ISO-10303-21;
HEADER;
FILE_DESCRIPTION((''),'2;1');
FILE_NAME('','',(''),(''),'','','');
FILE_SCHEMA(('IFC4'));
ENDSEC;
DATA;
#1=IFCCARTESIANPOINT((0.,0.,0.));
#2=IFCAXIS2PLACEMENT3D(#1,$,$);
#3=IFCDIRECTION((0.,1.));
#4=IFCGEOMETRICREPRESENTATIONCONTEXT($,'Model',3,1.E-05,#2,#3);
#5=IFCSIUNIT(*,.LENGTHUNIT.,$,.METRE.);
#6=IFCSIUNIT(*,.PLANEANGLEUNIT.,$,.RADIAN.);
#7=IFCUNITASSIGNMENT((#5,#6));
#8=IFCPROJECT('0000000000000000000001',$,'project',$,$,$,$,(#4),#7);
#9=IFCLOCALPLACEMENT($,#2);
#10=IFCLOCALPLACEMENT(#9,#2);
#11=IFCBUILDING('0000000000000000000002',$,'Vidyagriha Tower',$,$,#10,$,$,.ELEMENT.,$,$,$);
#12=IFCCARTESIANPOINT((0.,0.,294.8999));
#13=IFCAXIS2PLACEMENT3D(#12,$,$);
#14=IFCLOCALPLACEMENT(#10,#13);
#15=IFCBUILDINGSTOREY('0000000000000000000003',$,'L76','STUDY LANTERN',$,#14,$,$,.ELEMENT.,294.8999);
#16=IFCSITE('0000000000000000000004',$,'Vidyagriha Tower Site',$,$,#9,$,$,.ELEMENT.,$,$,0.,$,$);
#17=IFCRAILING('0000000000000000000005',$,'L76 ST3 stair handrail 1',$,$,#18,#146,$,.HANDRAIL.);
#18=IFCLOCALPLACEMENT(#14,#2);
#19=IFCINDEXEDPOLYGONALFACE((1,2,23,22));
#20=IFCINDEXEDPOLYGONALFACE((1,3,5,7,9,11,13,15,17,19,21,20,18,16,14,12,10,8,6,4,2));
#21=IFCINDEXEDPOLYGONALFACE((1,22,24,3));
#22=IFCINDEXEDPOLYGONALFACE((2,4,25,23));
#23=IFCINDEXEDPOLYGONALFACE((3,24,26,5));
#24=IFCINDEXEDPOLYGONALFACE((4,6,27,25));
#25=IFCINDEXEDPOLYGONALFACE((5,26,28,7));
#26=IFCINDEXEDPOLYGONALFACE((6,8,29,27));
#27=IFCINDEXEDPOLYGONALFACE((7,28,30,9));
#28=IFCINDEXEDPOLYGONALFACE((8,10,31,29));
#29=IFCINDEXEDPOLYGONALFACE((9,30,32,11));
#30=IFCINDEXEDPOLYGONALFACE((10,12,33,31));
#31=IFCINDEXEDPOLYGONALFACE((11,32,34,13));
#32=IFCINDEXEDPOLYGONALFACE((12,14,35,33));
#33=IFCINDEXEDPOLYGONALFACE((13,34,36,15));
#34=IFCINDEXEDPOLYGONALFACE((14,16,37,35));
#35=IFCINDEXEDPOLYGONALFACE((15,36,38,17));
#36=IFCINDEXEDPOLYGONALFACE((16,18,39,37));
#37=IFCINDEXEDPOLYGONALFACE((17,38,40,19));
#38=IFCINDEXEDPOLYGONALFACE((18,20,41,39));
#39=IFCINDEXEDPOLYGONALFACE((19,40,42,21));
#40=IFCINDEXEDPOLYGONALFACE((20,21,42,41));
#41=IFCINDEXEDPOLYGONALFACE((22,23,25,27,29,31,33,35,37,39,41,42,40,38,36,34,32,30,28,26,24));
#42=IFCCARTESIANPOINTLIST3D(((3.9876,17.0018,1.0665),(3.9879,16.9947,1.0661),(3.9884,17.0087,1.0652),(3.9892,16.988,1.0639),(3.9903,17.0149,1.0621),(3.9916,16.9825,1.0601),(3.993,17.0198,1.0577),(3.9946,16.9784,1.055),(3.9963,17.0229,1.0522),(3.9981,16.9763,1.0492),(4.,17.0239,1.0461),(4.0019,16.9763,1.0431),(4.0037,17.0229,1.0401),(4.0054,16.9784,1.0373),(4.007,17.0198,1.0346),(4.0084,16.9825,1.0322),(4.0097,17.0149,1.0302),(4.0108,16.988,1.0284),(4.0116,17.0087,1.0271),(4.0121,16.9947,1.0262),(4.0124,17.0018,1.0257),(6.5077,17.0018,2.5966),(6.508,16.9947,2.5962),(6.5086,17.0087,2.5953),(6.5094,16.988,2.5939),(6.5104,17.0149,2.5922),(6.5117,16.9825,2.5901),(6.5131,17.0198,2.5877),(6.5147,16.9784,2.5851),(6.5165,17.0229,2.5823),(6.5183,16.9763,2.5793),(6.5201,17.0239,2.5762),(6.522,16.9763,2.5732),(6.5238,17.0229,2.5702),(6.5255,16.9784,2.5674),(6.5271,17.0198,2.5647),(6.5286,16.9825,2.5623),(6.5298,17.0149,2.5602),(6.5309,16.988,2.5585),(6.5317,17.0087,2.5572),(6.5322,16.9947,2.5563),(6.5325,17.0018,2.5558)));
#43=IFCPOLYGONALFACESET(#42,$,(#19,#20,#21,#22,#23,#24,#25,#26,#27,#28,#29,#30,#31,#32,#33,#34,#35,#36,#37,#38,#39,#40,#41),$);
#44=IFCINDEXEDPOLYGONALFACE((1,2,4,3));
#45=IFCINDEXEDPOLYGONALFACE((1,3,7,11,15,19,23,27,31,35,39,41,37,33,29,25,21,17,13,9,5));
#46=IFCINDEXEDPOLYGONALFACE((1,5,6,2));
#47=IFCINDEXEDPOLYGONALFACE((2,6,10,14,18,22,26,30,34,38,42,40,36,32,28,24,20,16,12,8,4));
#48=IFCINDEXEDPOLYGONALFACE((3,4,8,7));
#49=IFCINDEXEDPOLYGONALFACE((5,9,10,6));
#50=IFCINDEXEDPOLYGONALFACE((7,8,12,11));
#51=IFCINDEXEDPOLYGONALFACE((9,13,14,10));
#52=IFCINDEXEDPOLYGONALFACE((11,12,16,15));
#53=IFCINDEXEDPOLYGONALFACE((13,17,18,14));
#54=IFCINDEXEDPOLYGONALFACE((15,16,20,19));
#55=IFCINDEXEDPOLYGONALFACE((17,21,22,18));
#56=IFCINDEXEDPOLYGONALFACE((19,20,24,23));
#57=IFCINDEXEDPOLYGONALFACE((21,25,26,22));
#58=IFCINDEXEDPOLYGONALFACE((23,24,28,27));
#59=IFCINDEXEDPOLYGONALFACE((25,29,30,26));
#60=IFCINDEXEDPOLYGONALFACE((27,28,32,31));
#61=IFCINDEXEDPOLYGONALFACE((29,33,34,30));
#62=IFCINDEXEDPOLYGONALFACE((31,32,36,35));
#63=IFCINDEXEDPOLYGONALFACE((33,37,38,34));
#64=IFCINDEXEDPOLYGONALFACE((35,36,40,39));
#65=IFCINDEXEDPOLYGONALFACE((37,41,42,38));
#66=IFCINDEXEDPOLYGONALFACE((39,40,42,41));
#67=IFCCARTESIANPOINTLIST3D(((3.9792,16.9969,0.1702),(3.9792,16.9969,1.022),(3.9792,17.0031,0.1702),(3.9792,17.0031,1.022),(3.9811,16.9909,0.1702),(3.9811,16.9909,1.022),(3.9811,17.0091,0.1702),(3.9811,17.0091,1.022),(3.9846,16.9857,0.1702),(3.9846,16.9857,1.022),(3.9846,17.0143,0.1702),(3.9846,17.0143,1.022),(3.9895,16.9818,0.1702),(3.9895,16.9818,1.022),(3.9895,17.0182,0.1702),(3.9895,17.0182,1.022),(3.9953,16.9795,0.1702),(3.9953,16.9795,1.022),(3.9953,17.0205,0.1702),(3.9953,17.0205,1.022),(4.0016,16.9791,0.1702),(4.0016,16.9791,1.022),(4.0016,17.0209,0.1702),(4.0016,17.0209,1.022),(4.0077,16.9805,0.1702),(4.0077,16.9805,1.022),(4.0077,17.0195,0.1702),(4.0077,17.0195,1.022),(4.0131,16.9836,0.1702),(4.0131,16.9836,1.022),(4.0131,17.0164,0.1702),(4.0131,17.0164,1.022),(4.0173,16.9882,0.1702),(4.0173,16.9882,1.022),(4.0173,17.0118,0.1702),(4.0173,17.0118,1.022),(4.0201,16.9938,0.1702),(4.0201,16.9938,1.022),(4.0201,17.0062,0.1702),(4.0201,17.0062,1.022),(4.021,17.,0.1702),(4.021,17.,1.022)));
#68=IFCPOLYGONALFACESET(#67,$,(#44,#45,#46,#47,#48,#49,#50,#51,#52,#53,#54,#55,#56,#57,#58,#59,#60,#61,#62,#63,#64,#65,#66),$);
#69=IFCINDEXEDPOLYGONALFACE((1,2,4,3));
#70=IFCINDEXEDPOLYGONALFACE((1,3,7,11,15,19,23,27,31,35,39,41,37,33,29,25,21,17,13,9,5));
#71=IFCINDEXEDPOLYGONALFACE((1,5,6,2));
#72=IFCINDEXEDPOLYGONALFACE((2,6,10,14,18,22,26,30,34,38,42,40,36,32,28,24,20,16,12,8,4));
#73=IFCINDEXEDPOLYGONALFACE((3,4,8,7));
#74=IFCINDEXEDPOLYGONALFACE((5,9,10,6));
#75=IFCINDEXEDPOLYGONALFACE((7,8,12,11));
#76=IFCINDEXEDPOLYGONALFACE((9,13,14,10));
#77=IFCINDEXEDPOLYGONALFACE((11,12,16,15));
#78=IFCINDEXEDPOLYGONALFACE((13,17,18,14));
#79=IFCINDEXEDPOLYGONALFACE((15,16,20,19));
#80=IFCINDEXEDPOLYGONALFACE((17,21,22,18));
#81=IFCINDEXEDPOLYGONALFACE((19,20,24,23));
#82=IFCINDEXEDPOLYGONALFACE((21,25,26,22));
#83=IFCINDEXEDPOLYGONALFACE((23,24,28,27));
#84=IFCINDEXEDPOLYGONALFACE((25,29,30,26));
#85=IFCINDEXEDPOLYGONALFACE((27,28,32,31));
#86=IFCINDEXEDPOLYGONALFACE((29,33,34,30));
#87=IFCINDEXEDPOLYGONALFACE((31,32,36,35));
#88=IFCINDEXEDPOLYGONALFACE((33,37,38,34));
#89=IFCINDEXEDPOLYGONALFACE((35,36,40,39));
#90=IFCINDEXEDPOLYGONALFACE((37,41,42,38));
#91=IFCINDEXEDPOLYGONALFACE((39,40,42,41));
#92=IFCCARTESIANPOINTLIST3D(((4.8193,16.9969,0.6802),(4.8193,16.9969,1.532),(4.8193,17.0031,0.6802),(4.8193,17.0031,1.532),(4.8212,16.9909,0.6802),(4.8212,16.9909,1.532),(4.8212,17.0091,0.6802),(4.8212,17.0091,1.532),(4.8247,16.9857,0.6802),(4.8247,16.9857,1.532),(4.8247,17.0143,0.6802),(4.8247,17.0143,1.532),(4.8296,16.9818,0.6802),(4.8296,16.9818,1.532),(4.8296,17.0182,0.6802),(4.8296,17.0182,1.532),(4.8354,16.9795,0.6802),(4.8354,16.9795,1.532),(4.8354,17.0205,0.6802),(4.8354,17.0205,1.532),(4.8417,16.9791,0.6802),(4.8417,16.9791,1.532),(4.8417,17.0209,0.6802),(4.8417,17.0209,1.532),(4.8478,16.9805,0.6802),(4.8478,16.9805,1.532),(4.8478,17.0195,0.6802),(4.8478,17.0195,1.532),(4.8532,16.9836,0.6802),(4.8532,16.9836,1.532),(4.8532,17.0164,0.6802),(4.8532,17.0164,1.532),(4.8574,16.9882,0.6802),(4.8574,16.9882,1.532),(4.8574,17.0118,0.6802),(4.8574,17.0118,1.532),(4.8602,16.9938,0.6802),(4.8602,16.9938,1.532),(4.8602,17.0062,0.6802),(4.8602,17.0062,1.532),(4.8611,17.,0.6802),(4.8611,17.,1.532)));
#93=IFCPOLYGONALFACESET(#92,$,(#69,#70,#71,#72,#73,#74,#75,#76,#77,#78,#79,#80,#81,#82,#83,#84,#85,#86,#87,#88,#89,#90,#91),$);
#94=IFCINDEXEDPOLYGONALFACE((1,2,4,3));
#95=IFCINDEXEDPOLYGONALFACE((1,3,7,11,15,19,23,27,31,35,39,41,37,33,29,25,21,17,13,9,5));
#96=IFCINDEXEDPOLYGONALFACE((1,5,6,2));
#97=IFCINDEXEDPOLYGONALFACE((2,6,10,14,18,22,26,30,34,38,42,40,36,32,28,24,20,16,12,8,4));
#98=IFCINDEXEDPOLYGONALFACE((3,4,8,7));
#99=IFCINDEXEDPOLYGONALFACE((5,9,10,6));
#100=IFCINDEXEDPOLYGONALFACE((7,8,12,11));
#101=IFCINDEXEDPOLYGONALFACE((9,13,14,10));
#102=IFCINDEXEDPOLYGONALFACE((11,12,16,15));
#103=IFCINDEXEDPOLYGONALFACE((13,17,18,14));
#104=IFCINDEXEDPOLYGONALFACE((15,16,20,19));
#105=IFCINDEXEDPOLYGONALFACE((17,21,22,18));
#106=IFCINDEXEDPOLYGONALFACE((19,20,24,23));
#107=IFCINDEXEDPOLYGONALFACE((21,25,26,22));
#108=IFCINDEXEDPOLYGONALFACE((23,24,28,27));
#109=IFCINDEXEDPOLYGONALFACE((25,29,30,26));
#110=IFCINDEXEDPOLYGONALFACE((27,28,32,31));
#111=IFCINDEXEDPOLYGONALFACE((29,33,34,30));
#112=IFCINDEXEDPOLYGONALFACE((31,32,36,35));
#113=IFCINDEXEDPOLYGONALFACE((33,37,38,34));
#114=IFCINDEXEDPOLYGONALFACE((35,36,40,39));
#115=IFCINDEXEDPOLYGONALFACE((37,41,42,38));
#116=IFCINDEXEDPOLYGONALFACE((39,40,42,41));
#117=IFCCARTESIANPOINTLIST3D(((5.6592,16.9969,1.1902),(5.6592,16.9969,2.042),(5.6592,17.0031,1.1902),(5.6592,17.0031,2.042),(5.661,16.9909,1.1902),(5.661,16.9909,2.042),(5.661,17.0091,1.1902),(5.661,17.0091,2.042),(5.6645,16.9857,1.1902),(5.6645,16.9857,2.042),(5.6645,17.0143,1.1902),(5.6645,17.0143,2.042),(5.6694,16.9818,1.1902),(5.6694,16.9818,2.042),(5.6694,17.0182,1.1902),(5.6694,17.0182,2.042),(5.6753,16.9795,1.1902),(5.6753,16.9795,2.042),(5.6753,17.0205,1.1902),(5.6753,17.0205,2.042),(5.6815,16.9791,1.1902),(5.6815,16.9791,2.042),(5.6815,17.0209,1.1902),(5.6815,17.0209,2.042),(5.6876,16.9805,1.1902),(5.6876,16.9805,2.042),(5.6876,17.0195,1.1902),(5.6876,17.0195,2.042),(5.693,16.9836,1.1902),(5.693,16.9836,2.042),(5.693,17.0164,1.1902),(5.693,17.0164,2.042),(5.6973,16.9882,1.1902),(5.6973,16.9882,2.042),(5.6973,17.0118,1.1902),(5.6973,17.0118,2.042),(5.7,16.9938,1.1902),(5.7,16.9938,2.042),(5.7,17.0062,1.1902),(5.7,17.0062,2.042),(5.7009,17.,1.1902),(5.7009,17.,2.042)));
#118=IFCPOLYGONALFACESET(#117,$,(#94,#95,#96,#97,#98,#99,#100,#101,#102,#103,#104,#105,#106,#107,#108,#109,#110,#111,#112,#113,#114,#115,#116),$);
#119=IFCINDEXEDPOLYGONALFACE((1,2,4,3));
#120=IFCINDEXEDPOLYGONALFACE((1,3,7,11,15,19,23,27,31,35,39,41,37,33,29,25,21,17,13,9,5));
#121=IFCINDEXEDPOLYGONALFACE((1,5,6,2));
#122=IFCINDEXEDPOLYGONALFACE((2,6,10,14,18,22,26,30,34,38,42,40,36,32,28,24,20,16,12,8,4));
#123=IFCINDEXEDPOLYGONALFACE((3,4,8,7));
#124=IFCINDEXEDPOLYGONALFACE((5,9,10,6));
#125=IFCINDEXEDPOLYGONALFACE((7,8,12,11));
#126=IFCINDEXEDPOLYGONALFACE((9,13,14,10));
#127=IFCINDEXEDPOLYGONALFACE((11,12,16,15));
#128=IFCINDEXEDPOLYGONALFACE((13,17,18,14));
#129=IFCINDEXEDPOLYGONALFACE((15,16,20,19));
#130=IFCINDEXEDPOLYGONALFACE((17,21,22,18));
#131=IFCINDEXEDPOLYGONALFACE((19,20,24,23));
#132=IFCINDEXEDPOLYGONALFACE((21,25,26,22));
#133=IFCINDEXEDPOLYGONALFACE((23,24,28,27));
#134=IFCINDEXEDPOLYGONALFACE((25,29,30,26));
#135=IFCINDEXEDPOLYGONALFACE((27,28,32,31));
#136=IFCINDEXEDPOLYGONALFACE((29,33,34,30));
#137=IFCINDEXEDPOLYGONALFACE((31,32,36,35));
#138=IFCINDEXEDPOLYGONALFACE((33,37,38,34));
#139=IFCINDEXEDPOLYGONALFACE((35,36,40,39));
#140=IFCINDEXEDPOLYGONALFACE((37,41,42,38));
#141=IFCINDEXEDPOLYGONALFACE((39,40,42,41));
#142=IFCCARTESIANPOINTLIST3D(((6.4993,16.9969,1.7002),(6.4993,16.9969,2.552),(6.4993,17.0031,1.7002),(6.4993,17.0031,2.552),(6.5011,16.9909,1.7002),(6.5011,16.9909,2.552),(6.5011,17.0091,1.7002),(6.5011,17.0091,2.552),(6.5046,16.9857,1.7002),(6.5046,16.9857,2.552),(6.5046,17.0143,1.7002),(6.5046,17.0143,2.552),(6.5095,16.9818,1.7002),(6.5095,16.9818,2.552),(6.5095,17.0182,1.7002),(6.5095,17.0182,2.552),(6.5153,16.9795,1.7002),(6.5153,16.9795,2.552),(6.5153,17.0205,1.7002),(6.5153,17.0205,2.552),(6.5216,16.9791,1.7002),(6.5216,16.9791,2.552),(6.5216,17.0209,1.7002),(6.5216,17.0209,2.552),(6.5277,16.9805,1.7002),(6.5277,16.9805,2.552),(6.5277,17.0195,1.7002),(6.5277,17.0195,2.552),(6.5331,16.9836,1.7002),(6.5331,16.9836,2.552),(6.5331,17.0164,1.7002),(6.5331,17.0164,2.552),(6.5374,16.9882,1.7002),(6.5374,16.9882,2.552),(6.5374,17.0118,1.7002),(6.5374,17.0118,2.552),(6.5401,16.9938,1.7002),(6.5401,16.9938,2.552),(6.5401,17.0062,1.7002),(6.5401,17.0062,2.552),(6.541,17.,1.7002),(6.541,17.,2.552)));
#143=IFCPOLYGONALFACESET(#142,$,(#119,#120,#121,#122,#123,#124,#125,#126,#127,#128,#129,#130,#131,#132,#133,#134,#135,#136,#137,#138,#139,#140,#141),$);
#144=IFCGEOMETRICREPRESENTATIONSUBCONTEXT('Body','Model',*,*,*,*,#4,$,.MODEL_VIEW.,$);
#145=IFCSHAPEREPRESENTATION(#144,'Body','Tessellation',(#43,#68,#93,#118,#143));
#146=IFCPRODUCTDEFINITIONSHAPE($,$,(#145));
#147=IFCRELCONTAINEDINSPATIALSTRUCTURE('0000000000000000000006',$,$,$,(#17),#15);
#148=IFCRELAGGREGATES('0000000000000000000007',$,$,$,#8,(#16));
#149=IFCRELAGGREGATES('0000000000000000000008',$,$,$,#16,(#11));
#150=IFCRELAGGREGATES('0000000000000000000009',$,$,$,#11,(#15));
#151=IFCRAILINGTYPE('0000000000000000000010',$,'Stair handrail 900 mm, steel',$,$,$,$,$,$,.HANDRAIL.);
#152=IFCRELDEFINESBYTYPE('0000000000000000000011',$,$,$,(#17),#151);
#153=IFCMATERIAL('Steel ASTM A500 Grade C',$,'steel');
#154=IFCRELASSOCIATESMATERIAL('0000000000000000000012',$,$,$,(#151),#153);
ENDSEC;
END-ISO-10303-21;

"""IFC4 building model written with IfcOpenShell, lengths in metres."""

from ifc_helpers import new_model, si_unit, direction, frame, origin, origin_2d, place, context, subcontext, project, spatial, circle, extrude, material, type_object, element, save


model = new_model("IFC4")

# Units and contexts
model_context = context("Model", 3, precision=1e-05, world=origin(), true_north=direction((0.0, 1.0)))
body_context = subcontext(model_context, "Body", "Model", "MODEL_VIEW")
ifc_project = project(units=[si_unit("LENGTHUNIT", "METRE"), si_unit("PLANEANGLEUNIT", "RADIAN")], contexts=[model_context])

# Site, building, storey
site_placement = place(None, origin())
site = spatial("IfcSite", under=ifc_project, at=site_placement, Name="Vidyagriha Tower Site", CompositionType="ELEMENT", RefElevation=0.0)
building_placement = place(site_placement, origin())
building = spatial("IfcBuilding", under=site, at=building_placement, Name="Vidyagriha Tower", CompositionType="ELEMENT")
storey_placement = place(building_placement, frame((0.0, 0.0, 294.8999)))
storey = spatial("IfcBuildingStorey", under=building, at=storey_placement, Name="L76", Description="STUDY LANTERN", CompositionType="ELEMENT", Elevation=294.8999)

# Railing
ifc_material_1 = material(Name="Steel ASTM A500 Grade C", Category="steel")
railing_type_1 = type_object("IfcRailingType", Name="Stair handrail 900 mm, steel", PredefinedType="HANDRAIL", material=ifc_material_1)
railing_1_placement = place(storey_placement, frame((4.0, 17.0, 0.1702)))
element("IfcRailing", 1, at=railing_1_placement, inside=storey, type_object=railing_type_1, Name="L76 ST3 stair handrail 1", PredefinedType="HANDRAIL", context=body_context, shape_type="SweptSolid", body=[
    extrude(circle(Radius=0.0239, at=origin_2d()), frame((0.0, 0.0, 0.876), z_axis=(0.854785, 0.0, 0.518982), x_axis=(0.0, 1.0, 0.0)), (0.0, 0.0, 1.0), 2.9482),
    extrude(circle(Radius=0.021, at=origin_2d()), origin(), (0.0, 0.0, 1.0), 0.8518),
    extrude(circle(Radius=0.021, at=origin_2d()), frame((0.8401, 0.0, 0.51)), (0.0, 0.0, 1.0), 0.8518),
    extrude(circle(Radius=0.021, at=origin_2d()), frame((1.6799, 0.0, 1.02)), (0.0, 0.0, 1.0), 0.8518),
    extrude(circle(Radius=0.021, at=origin_2d()), frame((2.52, 0.0, 1.53)), (0.0, 0.0, 1.0), 0.8518),
])

save(model, "model.ifc")
